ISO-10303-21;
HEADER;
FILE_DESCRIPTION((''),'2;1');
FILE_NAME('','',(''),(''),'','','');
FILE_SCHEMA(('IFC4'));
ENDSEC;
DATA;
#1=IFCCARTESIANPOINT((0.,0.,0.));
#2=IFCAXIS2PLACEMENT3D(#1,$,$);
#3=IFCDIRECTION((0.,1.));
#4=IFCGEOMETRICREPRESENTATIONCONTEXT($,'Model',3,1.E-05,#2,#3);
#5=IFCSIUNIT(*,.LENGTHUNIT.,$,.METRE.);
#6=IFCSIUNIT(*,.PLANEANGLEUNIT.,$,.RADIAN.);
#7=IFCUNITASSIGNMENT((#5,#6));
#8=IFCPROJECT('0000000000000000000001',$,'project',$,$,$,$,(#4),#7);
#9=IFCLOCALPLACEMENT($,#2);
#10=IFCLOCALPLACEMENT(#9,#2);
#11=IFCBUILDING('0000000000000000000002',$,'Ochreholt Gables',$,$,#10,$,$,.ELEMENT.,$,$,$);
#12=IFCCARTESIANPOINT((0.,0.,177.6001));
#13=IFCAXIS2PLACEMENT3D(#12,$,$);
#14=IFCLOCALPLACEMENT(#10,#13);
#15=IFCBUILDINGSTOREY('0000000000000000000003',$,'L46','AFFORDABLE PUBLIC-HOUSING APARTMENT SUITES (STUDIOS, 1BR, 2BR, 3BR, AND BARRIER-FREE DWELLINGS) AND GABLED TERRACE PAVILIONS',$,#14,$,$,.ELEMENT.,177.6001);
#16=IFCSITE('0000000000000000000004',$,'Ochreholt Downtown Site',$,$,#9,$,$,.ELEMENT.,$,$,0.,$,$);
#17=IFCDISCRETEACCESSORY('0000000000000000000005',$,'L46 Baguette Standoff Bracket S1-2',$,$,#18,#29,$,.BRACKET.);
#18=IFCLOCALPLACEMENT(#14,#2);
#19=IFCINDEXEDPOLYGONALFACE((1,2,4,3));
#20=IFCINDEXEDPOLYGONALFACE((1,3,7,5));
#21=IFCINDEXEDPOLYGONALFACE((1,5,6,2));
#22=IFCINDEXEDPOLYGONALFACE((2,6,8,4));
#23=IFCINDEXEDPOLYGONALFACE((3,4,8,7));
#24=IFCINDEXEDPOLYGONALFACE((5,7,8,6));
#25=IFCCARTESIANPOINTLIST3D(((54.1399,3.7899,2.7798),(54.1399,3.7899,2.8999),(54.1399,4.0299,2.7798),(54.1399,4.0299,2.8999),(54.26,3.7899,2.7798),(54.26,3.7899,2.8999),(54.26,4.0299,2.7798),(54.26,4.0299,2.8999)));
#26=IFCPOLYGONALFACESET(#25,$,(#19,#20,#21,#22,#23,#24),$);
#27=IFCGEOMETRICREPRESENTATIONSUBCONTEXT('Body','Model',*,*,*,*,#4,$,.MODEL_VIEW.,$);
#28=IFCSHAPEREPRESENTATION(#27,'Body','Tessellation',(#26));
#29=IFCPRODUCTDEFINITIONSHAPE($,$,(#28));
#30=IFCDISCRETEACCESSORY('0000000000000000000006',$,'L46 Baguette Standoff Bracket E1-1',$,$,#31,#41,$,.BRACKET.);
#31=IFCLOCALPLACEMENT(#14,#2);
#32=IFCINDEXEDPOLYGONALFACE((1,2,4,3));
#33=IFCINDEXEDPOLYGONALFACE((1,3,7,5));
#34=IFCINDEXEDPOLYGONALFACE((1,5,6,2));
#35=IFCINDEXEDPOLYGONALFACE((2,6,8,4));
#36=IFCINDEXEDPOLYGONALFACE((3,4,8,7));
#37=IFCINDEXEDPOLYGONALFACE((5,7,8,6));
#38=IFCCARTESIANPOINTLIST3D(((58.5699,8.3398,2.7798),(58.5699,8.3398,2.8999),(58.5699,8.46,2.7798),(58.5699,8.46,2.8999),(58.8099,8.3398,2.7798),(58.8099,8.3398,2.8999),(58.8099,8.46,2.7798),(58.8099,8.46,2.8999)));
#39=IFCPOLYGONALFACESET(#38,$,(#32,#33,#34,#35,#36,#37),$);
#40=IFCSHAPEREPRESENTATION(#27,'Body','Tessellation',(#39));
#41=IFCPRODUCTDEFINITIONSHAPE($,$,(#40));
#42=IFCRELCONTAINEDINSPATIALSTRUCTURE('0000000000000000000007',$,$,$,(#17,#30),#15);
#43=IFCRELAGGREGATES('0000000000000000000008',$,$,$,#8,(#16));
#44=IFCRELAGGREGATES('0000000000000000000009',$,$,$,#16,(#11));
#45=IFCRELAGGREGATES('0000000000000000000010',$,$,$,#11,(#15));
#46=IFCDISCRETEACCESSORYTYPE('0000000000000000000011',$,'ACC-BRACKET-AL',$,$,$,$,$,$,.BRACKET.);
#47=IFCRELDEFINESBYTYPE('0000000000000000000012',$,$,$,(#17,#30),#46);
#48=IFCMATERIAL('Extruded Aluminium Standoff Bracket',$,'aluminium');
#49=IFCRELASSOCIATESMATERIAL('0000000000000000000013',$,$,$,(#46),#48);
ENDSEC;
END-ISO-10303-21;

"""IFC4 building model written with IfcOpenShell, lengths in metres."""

from ifc_helpers import new_model, si_unit, direction, frame, origin, origin_2d, place, context, subcontext, project, spatial, rectangle, extrude, material, type_object, element, save


model = new_model("IFC4")

# Units and contexts
model_context = context("Model", 3, precision=1e-05, world=origin(), true_north=direction((0.0, 1.0)))
body_context = subcontext(model_context, "Body", "Model", "MODEL_VIEW")
ifc_project = project(units=[si_unit("LENGTHUNIT", "METRE"), si_unit("PLANEANGLEUNIT", "RADIAN")], contexts=[model_context])

# Site, building, storey
site_placement = place(None, origin())
site = spatial("IfcSite", under=ifc_project, at=site_placement, Name="Ochreholt Downtown Site", CompositionType="ELEMENT", RefElevation=0.0)
building_placement = place(site_placement, origin())
building = spatial("IfcBuilding", under=site, at=building_placement, Name="Ochreholt Gables", CompositionType="ELEMENT")
storey_placement = place(building_placement, frame((0.0, 0.0, 177.6001)))
storey = spatial("IfcBuildingStorey", under=building, at=storey_placement, Name="L46", Description="AFFORDABLE PUBLIC-HOUSING APARTMENT SUITES (STUDIOS, 1BR, 2BR, 3BR, AND BARRIER-FREE DWELLINGS) AND GABLED TERRACE PAVILIONS", CompositionType="ELEMENT", Elevation=177.6001)

# Discrete accessories
ifc_material_1 = material(Name="Extruded Aluminium Standoff Bracket", Category="aluminium")
discrete_accessory_type = type_object("IfcDiscreteAccessoryType", Name="ACC-BRACKET-AL", PredefinedType="BRACKET", material=ifc_material_1)
for number, where, z_axis, x_axis, name in (
    (1, (54.2, 3.9099, 2.7798), (0.0, 0.0, 1.0), (1.0, 0.0, 0.0), "L46 Baguette Standoff Bracket S1-2"),
    (2, (58.6899, 8.3999, 2.7798), (0.0, 0.0, 1.0), (0.0, 1.0, 0.0), "L46 Baguette Standoff Bracket E1-1"),
):
    element("IfcDiscreteAccessory", number, at=place(storey_placement, frame(where, z_axis=z_axis, x_axis=x_axis)), inside=storey, type_object=discrete_accessory_type, Name=name, PredefinedType="BRACKET", context=body_context, shape_type="SweptSolid", body=[
        extrude(rectangle(XDim=0.1201, YDim=0.24, at=origin_2d()), origin(), (0.0, 0.0, 1.0), 0.1201),
    ])

save(model, "model.ifc")
